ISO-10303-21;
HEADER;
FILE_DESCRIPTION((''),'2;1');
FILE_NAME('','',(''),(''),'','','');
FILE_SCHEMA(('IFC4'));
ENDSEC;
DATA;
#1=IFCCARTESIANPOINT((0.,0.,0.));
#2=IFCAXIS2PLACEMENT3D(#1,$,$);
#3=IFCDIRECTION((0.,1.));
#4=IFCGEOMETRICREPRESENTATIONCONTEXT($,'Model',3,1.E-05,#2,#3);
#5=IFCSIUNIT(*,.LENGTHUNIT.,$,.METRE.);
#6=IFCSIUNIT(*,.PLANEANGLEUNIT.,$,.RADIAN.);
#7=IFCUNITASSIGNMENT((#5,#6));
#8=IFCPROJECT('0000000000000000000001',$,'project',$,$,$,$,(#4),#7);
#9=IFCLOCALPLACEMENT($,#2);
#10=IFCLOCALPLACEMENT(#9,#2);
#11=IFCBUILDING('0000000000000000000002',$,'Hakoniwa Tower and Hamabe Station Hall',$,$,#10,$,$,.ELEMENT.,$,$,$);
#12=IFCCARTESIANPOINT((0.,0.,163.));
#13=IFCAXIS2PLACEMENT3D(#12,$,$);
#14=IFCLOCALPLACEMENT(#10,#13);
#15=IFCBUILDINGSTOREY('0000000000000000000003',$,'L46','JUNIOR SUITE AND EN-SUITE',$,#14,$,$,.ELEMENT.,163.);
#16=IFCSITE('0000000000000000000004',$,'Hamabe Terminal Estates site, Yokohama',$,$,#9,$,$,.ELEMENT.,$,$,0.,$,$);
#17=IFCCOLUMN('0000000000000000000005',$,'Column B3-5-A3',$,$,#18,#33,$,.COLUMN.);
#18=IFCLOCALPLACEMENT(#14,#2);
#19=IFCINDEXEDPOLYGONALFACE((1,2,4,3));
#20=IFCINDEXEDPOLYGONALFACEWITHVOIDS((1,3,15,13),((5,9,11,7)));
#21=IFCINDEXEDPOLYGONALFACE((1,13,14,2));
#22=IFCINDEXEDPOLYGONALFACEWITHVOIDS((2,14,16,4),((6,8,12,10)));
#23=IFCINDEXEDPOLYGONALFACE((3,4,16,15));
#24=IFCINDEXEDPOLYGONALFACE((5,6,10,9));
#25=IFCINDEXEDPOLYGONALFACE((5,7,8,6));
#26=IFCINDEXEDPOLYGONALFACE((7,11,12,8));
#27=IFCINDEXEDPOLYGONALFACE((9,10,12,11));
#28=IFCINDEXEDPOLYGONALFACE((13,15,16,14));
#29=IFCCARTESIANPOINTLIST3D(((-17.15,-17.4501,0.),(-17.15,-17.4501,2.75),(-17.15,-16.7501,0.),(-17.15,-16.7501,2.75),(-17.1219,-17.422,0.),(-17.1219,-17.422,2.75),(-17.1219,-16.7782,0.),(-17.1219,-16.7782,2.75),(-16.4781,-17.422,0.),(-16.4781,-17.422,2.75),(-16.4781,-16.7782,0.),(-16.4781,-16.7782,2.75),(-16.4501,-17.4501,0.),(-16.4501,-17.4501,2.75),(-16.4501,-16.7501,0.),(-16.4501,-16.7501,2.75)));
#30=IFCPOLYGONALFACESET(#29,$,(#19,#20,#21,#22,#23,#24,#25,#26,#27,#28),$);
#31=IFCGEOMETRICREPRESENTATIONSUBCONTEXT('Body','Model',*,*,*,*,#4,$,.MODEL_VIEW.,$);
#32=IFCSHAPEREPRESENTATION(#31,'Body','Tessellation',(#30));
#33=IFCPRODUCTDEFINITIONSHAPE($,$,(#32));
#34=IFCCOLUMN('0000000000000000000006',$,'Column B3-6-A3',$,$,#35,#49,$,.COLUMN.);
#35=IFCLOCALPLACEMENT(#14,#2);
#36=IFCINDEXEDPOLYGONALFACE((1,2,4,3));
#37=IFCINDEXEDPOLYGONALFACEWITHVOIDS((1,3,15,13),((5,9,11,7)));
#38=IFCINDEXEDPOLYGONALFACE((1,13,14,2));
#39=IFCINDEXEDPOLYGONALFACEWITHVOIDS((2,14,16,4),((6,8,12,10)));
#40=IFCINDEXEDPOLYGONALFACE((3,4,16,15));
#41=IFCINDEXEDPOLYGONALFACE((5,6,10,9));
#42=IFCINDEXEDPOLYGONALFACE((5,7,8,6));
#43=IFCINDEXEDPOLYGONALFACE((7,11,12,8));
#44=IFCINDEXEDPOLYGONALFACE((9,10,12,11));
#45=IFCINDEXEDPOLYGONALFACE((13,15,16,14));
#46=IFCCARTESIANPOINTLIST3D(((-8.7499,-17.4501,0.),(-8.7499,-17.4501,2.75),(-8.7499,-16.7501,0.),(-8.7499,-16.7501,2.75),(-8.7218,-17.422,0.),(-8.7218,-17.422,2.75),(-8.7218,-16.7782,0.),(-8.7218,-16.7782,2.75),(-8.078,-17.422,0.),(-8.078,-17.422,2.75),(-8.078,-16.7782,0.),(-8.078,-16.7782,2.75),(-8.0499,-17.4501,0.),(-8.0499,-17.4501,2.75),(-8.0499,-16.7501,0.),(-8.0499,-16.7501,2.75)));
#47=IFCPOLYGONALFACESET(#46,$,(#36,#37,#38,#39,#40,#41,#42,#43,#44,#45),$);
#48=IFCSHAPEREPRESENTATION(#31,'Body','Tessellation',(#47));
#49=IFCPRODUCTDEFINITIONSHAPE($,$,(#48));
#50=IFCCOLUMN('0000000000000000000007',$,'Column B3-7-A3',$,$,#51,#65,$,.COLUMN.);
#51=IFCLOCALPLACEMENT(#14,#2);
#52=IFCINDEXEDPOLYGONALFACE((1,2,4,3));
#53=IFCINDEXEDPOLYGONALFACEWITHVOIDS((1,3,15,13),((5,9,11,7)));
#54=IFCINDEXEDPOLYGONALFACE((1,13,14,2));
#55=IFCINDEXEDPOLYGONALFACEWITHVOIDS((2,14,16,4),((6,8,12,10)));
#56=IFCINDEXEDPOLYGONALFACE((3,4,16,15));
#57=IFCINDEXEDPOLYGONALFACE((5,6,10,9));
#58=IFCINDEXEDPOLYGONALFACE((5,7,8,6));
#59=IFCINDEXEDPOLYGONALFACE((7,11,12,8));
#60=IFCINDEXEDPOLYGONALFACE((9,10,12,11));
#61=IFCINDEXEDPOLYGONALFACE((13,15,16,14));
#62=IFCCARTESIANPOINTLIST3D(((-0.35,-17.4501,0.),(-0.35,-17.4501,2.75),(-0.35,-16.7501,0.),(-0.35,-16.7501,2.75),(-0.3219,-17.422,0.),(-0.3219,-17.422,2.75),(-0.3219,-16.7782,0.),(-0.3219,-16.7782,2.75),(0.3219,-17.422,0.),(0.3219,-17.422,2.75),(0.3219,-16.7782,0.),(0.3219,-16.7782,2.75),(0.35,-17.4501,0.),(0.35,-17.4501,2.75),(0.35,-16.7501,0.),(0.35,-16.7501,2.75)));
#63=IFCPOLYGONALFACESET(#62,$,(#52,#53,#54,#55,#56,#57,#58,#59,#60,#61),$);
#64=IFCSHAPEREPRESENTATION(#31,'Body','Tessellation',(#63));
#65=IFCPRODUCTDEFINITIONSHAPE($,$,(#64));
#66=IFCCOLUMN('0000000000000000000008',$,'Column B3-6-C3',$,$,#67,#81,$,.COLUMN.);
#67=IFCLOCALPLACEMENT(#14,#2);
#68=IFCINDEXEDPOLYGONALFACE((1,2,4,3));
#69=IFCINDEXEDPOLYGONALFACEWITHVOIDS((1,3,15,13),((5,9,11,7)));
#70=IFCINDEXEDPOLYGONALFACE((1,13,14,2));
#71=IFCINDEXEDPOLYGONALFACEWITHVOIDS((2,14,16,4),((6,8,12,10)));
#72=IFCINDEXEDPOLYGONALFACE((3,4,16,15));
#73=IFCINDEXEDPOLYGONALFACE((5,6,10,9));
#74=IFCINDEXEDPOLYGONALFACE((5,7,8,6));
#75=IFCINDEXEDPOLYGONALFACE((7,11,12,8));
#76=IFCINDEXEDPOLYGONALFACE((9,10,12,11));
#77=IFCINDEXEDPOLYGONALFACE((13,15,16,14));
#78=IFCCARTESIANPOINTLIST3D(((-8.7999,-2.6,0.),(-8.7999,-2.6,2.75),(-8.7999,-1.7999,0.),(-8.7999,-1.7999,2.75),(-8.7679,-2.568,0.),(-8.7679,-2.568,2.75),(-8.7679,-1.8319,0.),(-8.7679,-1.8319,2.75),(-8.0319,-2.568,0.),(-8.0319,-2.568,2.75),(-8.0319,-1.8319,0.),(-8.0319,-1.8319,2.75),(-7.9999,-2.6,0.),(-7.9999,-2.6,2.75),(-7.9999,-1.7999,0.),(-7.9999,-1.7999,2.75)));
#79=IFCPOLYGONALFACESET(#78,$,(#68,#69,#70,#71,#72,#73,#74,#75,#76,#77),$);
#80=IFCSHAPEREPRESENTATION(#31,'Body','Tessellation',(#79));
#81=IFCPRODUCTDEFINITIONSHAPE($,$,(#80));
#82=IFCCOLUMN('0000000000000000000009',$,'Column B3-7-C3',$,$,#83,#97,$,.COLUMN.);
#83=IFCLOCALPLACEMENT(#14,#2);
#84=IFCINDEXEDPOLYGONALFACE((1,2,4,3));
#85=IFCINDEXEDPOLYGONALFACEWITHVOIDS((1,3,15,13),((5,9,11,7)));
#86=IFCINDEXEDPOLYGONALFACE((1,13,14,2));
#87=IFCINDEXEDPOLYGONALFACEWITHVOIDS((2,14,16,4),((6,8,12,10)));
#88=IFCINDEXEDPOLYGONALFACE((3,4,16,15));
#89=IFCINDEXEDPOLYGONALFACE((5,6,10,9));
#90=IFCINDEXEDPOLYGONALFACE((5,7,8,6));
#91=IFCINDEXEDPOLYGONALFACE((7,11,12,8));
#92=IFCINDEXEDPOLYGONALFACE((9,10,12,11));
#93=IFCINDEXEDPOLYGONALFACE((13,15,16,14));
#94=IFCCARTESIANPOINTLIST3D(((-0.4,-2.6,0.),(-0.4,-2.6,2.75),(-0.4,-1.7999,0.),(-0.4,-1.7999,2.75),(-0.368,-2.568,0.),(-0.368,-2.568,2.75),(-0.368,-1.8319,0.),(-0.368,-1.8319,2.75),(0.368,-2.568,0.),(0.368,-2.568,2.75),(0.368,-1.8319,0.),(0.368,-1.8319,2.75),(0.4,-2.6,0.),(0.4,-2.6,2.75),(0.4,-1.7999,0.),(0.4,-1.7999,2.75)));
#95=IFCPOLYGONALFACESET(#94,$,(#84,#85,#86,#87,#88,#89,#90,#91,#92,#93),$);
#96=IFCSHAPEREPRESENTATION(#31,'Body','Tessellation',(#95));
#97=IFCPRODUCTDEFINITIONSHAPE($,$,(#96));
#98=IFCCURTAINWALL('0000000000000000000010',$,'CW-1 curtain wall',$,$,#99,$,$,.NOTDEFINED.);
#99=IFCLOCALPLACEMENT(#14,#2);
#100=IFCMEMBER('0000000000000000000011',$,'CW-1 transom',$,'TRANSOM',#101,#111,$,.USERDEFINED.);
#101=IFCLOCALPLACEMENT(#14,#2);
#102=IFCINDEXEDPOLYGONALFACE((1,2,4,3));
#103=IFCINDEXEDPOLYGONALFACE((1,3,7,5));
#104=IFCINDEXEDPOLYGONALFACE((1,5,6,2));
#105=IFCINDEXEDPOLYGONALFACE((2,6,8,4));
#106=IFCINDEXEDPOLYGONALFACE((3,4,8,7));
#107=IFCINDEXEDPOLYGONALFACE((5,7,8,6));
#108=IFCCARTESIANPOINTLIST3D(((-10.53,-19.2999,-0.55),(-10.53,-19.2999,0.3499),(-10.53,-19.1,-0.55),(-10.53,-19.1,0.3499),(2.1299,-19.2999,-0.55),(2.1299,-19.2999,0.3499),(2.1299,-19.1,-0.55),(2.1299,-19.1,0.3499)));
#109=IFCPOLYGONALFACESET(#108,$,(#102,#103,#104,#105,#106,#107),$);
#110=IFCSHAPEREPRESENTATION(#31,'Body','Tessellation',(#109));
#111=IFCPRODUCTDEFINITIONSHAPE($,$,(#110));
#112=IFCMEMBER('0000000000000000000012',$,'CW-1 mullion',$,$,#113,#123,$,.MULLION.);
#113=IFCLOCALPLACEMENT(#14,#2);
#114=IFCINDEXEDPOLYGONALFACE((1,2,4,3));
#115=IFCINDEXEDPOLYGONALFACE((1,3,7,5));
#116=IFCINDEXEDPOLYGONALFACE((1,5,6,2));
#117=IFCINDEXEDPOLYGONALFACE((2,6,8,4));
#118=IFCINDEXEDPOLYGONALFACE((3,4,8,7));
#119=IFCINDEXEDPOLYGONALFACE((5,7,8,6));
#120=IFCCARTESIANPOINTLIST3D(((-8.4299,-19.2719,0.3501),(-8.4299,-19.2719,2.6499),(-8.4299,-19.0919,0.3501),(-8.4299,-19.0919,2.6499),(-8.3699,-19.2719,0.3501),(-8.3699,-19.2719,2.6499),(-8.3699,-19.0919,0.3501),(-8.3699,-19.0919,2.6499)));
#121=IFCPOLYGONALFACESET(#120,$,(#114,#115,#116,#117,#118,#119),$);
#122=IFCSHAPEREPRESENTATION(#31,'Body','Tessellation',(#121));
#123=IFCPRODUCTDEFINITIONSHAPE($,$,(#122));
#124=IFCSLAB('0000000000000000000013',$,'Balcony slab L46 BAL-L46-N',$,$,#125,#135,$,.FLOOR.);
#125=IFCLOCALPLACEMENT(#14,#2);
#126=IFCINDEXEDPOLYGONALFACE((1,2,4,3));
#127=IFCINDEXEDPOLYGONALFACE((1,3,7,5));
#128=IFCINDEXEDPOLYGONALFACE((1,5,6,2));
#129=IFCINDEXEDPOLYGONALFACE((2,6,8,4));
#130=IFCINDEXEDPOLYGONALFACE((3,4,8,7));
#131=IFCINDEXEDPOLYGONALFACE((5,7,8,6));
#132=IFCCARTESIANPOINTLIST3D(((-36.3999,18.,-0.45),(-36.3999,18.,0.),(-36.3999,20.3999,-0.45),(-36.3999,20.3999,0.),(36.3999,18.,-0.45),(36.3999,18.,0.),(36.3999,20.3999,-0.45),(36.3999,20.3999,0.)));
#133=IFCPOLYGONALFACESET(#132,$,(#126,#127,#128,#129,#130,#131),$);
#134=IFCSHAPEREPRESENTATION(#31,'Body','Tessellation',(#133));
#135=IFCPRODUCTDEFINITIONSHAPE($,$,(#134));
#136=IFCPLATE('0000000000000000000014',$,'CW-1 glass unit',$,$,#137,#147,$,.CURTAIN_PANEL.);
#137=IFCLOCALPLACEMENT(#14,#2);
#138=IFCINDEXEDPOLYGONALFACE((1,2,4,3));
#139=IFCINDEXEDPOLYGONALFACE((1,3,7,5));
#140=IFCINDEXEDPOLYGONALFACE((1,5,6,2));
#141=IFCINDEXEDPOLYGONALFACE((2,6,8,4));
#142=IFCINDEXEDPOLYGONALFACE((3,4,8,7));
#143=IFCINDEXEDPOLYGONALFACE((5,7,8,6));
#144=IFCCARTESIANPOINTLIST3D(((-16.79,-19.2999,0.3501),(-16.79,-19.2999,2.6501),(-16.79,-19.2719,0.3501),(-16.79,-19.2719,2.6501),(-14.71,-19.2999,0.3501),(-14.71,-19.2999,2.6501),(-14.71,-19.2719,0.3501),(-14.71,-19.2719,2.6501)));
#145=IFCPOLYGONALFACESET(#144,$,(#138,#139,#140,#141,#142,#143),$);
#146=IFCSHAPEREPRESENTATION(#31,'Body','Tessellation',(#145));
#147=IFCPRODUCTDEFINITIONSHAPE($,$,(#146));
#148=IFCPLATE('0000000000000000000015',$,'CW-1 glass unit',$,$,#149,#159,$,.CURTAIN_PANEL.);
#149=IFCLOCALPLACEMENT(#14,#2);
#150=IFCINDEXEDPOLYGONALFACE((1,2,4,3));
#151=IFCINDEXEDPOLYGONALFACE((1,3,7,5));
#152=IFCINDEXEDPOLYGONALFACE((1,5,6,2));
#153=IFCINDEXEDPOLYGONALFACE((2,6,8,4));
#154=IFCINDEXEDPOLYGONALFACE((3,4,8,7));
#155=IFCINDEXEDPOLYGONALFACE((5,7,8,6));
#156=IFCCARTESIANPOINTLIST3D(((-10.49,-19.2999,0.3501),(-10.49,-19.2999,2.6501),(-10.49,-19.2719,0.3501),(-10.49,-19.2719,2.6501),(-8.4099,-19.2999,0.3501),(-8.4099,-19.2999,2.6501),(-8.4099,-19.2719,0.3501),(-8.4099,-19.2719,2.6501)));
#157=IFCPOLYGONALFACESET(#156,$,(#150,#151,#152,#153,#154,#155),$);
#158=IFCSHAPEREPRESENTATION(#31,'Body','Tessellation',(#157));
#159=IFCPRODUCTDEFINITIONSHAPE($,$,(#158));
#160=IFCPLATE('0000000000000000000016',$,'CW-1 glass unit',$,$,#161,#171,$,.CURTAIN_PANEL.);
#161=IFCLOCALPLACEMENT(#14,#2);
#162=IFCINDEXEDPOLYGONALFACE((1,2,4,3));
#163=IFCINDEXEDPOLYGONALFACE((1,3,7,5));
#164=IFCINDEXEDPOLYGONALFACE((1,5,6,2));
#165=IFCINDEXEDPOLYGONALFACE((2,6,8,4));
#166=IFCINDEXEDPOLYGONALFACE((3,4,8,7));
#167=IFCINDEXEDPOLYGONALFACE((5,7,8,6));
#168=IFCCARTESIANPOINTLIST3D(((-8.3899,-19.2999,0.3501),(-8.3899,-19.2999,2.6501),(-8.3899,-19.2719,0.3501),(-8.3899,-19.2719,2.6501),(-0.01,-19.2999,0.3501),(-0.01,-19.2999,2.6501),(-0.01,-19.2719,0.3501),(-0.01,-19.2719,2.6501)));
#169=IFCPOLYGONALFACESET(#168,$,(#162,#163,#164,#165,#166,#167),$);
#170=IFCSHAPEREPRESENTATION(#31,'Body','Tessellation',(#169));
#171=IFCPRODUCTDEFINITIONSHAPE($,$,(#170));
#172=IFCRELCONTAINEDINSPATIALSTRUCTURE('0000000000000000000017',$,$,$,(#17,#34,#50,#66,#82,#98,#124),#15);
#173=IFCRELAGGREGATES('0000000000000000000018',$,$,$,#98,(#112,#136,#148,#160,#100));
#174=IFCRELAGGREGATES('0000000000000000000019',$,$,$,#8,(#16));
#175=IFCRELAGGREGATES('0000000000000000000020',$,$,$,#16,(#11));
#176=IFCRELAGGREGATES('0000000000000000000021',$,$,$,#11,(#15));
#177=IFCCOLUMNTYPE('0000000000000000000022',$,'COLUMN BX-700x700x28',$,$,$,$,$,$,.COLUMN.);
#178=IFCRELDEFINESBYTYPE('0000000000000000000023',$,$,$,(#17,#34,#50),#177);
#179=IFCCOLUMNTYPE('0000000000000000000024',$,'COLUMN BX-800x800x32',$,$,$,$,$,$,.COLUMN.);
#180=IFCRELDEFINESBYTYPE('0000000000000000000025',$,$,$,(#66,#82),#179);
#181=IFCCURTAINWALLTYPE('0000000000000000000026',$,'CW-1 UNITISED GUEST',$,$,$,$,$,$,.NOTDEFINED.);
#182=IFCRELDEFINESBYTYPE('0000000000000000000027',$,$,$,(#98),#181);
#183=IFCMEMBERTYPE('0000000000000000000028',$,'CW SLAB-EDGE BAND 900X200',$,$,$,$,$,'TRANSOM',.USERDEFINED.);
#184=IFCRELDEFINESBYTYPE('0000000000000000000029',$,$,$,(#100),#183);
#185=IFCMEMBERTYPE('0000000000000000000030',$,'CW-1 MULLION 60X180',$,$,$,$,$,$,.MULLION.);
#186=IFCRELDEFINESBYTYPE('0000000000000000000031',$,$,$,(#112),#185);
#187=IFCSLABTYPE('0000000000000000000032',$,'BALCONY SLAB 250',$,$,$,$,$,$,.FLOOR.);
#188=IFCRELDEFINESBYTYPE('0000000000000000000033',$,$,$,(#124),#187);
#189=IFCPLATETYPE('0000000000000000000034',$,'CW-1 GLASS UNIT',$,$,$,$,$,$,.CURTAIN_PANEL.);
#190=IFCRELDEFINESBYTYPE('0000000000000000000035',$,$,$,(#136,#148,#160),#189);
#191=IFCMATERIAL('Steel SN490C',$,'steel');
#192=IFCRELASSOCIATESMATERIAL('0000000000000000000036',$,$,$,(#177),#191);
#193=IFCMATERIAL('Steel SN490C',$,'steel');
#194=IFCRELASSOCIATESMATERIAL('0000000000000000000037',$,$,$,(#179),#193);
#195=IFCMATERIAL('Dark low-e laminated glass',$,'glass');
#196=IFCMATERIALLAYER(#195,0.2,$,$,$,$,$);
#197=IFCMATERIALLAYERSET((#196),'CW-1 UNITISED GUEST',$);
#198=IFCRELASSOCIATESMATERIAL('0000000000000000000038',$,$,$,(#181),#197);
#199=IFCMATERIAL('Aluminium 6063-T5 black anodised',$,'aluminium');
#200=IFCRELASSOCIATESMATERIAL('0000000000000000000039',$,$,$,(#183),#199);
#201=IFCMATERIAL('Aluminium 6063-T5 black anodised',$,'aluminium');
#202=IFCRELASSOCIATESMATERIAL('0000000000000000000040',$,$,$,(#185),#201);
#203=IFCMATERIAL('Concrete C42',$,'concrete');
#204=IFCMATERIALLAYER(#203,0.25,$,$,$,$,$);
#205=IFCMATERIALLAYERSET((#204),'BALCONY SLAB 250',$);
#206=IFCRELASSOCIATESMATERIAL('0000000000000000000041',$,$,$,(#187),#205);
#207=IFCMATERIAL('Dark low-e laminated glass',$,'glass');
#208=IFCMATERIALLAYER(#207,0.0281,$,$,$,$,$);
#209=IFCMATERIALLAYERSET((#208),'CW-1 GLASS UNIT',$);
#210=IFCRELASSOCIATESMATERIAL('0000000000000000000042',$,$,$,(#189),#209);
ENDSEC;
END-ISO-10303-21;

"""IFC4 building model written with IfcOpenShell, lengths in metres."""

from ifc_helpers import new_model, si_unit, direction, frame, origin, origin_2d, place, context, subcontext, project, spatial, polyline, rectangle, hollow_rectangle, outline, extrude, material, layer, layer_set, material_profile, profile_set, type_object, element, aggregate, save


model = new_model("IFC4")

# Units and contexts
model_context = context("Model", 3, precision=1e-05, world=origin(), true_north=direction((0.0, 1.0)))
body_context = subcontext(model_context, "Body", "Model", "MODEL_VIEW")
ifc_project = project(units=[si_unit("LENGTHUNIT", "METRE"), si_unit("PLANEANGLEUNIT", "RADIAN")], contexts=[model_context])

# Site, building, storey
site_placement = place(None, origin())
site = spatial("IfcSite", under=ifc_project, at=site_placement, Name="Hamabe Terminal Estates site, Yokohama", CompositionType="ELEMENT", RefElevation=0.0)
building_placement = place(site_placement, origin())
building = spatial("IfcBuilding", under=site, at=building_placement, Name="Hakoniwa Tower and Hamabe Station Hall", CompositionType="ELEMENT")
storey_placement = place(building_placement, frame((0.0, 0.0, 163.0)))
storey = spatial("IfcBuildingStorey", under=building, at=storey_placement, Name="L46", Description="JUNIOR SUITE AND EN-SUITE", CompositionType="ELEMENT", Elevation=163.0)

# Columns
ifc_material_1 = material(Name="Steel SN490C", Category="steel")
ifc_material_profile_1 = material_profile(ifc_material_1, hollow_rectangle(XDim=0.7, YDim=0.7, WallThickness=0.0281, at=origin_2d()), Name="BX-700x700x28")
ifc_profile_set_1 = profile_set([ifc_material_profile_1], Name="Steel SN490C")
column_type_1 = type_object("IfcColumnType", Name="COLUMN BX-700x700x28", PredefinedType="COLUMN", material=ifc_profile_set_1)
for number, where, z_axis, x_axis, name in (
    (1, (-16.8, -17.1001, 0.0), (0.0, 0.0, 1.0), (1.0, 0.0, 0.0), "Column B3-5-A3"),
    (2, (-8.3999, -17.1001, 0.0), (0.0, 0.0, 1.0), (1.0, 0.0, 0.0), "Column B3-6-A3"),
    (3, (0.0, -17.1001, 0.0), (0.0, 0.0, 1.0), (1.0, 0.0, 0.0), "Column B3-7-A3"),
):
    element("IfcColumn", number, at=place(storey_placement, frame(where, z_axis=z_axis, x_axis=x_axis)), inside=storey, type_object=column_type_1, Name=name, PredefinedType="COLUMN", context=body_context, shape_type="SweptSolid", body=[
        extrude(hollow_rectangle(XDim=0.7, YDim=0.7, WallThickness=0.0281, at=origin_2d()), origin(), (0.0, 0.0, 1.0), 2.75),
    ])
ifc_material_2 = material(Name="Steel SN490C", Category="steel")
ifc_material_profile_2 = material_profile(ifc_material_2, hollow_rectangle(XDim=0.8, YDim=0.8, WallThickness=0.032, at=origin_2d()), Name="BX-800x800x32")
ifc_profile_set_2 = profile_set([ifc_material_profile_2], Name="Steel SN490C")
column_type_2 = type_object("IfcColumnType", Name="COLUMN BX-800x800x32", PredefinedType="COLUMN", material=ifc_profile_set_2)
for number, where, z_axis, x_axis, name in (
    (4, (-8.3999, -2.2, 0.0), (0.0, 0.0, 1.0), (1.0, 0.0, 0.0), "Column B3-6-C3"),
    (5, (0.0, -2.2, 0.0), (0.0, 0.0, 1.0), (1.0, 0.0, 0.0), "Column B3-7-C3"),
):
    element("IfcColumn", number, at=place(storey_placement, frame(where, z_axis=z_axis, x_axis=x_axis)), inside=storey, type_object=column_type_2, Name=name, PredefinedType="COLUMN", context=body_context, shape_type="SweptSolid", body=[
        extrude(hollow_rectangle(XDim=0.8, YDim=0.8, WallThickness=0.032, at=origin_2d()), origin(), (0.0, 0.0, 1.0), 2.75),
    ])

# Curtain wall, members
ifc_material_3 = material(Name="Dark low-e laminated glass", Category="glass")
ifc_layer_1 = layer(ifc_material_3, 0.2)
ifc_layer_set_1 = layer_set([ifc_layer_1], Name="CW-1 UNITISED GUEST")
curtain_wall_type = type_object("IfcCurtainWallType", Name="CW-1 UNITISED GUEST", PredefinedType="NOTDEFINED", material=ifc_layer_set_1)
curtain_wall_placement = place(storey_placement, origin())
curtain_wall = element("IfcCurtainWall", 6, at=curtain_wall_placement, inside=storey, type_object=curtain_wall_type, Name="CW-1 curtain wall", PredefinedType="NOTDEFINED")
ifc_material_4 = material(Name="Aluminium 6063-T5 black anodised", Category="aluminium")
ifc_material_profile_3 = material_profile(ifc_material_4, rectangle(XDim=0.2, YDim=0.8999, at=origin_2d()), Name="CW SLAB-EDGE BAND 900X200")
ifc_profile_set_3 = profile_set([ifc_material_profile_3], Name="Aluminium 6063-T5 black anodised")
member_type_1 = type_object("IfcMemberType", Name="CW SLAB-EDGE BAND 900X200", ElementType="TRANSOM", PredefinedType="USERDEFINED", material=ifc_profile_set_3)
member_1_placement = place(storey_placement, frame((-10.53, -19.2, -0.1001), z_axis=(1.0, 0.0, 0.0), x_axis=(0.0, 1.0, 0.0)))
member_1 = element("IfcMember", 7, at=member_1_placement, type_object=member_type_1, Name="CW-1 transom", ObjectType="TRANSOM", PredefinedType="USERDEFINED", context=body_context, shape_type="SweptSolid", body=[
    extrude(rectangle(XDim=0.2, YDim=0.8999, at=origin_2d()), origin(), (0.0, 0.0, 1.0), 12.6599),
])
ifc_material_5 = material(Name="Aluminium 6063-T5 black anodised", Category="aluminium")
ifc_material_profile_4 = material_profile(ifc_material_5, rectangle(XDim=0.0601, YDim=0.1799, at=origin_2d()), Name="CW-1 MULLION 60X180")
ifc_profile_set_4 = profile_set([ifc_material_profile_4], Name="Aluminium 6063-T5 black anodised")
member_type_2 = type_object("IfcMemberType", Name="CW-1 MULLION 60X180", PredefinedType="MULLION", material=ifc_profile_set_4)
member_2_placement = place(storey_placement, frame((-8.3999, -19.1819, 0.3501), z_axis=(0.0, 0.0, 1.0), x_axis=(1.0, 0.0, 0.0)))
member_2 = element("IfcMember", 8, at=member_2_placement, type_object=member_type_2, Name="CW-1 mullion", PredefinedType="MULLION", context=body_context, shape_type="SweptSolid", body=[
    extrude(rectangle(XDim=0.0601, YDim=0.1799, at=origin_2d()), origin(), (0.0, 0.0, 1.0), 2.2998),
])

# Slab
ifc_material_6 = material(Name="Concrete C42", Category="concrete")
ifc_layer_2 = layer(ifc_material_6, 0.25)
ifc_layer_set_2 = layer_set([ifc_layer_2], Name="BALCONY SLAB 250")
slab_type_1 = type_object("IfcSlabType", Name="BALCONY SLAB 250", PredefinedType="FLOOR", material=ifc_layer_set_2)
slab_1_placement = place(storey_placement, frame((0.0, 0.0, -0.45)))
element("IfcSlab", 9, at=slab_1_placement, inside=storey, type_object=slab_type_1, Name="Balcony slab L46 BAL-L46-N", PredefinedType="FLOOR", context=body_context, shape_type="SweptSolid", body=[
    extrude(outline(polyline([(-36.3999, 18.0), (36.3999, 18.0), (36.3999, 20.3999), (-36.3999, 20.3999), (-36.3999, 18.0)])), origin(), (0.0, 0.0, 1.0), 0.45),
])

# Plates
ifc_material_7 = material(Name="Dark low-e laminated glass", Category="glass")
ifc_layer_3 = layer(ifc_material_7, 0.0281)
ifc_layer_set_3 = layer_set([ifc_layer_3], Name="CW-1 GLASS UNIT")
plate_type = type_object("IfcPlateType", Name="CW-1 GLASS UNIT", PredefinedType="CURTAIN_PANEL", material=ifc_layer_set_3)
plate_1_placement = place(storey_placement, frame((-15.75, -19.2859, 0.3501), z_axis=(0.0, 0.0, 1.0), x_axis=(1.0, 0.0, 0.0)))
plate_1 = element("IfcPlate", 10, at=plate_1_placement, type_object=plate_type, Name="CW-1 glass unit", PredefinedType="CURTAIN_PANEL", context=body_context, shape_type="SweptSolid", body=[
    extrude(rectangle(XDim=2.0801, YDim=0.0281, at=origin_2d()), origin(), (0.0, 0.0, 1.0), 2.3),
])
plate_2_placement = place(storey_placement, frame((-9.45, -19.2859, 0.3501), z_axis=(0.0, 0.0, 1.0), x_axis=(1.0, 0.0, 0.0)))
plate_2 = element("IfcPlate", 11, at=plate_2_placement, type_object=plate_type, Name="CW-1 glass unit", PredefinedType="CURTAIN_PANEL", context=body_context, shape_type="SweptSolid", body=[
    extrude(rectangle(XDim=2.0801, YDim=0.0281, at=origin_2d()), origin(), (0.0, 0.0, 1.0), 2.3),
])
plate_3_placement = place(storey_placement, frame((-4.2, -19.2859, 0.3501), z_axis=(0.0, 0.0, 1.0), x_axis=(1.0, 0.0, 0.0)))
plate_3 = element("IfcPlate", 12, at=plate_3_placement, type_object=plate_type, Name="CW-1 glass unit", PredefinedType="CURTAIN_PANEL", context=body_context, shape_type="SweptSolid", body=[
    extrude(rectangle(XDim=8.3799, YDim=0.0281, at=origin_2d()), origin(), (0.0, 0.0, 1.0), 2.3),
])

aggregate(curtain_wall, [member_2, plate_1, plate_2, plate_3, member_1])

save(model, "model.ifc")
